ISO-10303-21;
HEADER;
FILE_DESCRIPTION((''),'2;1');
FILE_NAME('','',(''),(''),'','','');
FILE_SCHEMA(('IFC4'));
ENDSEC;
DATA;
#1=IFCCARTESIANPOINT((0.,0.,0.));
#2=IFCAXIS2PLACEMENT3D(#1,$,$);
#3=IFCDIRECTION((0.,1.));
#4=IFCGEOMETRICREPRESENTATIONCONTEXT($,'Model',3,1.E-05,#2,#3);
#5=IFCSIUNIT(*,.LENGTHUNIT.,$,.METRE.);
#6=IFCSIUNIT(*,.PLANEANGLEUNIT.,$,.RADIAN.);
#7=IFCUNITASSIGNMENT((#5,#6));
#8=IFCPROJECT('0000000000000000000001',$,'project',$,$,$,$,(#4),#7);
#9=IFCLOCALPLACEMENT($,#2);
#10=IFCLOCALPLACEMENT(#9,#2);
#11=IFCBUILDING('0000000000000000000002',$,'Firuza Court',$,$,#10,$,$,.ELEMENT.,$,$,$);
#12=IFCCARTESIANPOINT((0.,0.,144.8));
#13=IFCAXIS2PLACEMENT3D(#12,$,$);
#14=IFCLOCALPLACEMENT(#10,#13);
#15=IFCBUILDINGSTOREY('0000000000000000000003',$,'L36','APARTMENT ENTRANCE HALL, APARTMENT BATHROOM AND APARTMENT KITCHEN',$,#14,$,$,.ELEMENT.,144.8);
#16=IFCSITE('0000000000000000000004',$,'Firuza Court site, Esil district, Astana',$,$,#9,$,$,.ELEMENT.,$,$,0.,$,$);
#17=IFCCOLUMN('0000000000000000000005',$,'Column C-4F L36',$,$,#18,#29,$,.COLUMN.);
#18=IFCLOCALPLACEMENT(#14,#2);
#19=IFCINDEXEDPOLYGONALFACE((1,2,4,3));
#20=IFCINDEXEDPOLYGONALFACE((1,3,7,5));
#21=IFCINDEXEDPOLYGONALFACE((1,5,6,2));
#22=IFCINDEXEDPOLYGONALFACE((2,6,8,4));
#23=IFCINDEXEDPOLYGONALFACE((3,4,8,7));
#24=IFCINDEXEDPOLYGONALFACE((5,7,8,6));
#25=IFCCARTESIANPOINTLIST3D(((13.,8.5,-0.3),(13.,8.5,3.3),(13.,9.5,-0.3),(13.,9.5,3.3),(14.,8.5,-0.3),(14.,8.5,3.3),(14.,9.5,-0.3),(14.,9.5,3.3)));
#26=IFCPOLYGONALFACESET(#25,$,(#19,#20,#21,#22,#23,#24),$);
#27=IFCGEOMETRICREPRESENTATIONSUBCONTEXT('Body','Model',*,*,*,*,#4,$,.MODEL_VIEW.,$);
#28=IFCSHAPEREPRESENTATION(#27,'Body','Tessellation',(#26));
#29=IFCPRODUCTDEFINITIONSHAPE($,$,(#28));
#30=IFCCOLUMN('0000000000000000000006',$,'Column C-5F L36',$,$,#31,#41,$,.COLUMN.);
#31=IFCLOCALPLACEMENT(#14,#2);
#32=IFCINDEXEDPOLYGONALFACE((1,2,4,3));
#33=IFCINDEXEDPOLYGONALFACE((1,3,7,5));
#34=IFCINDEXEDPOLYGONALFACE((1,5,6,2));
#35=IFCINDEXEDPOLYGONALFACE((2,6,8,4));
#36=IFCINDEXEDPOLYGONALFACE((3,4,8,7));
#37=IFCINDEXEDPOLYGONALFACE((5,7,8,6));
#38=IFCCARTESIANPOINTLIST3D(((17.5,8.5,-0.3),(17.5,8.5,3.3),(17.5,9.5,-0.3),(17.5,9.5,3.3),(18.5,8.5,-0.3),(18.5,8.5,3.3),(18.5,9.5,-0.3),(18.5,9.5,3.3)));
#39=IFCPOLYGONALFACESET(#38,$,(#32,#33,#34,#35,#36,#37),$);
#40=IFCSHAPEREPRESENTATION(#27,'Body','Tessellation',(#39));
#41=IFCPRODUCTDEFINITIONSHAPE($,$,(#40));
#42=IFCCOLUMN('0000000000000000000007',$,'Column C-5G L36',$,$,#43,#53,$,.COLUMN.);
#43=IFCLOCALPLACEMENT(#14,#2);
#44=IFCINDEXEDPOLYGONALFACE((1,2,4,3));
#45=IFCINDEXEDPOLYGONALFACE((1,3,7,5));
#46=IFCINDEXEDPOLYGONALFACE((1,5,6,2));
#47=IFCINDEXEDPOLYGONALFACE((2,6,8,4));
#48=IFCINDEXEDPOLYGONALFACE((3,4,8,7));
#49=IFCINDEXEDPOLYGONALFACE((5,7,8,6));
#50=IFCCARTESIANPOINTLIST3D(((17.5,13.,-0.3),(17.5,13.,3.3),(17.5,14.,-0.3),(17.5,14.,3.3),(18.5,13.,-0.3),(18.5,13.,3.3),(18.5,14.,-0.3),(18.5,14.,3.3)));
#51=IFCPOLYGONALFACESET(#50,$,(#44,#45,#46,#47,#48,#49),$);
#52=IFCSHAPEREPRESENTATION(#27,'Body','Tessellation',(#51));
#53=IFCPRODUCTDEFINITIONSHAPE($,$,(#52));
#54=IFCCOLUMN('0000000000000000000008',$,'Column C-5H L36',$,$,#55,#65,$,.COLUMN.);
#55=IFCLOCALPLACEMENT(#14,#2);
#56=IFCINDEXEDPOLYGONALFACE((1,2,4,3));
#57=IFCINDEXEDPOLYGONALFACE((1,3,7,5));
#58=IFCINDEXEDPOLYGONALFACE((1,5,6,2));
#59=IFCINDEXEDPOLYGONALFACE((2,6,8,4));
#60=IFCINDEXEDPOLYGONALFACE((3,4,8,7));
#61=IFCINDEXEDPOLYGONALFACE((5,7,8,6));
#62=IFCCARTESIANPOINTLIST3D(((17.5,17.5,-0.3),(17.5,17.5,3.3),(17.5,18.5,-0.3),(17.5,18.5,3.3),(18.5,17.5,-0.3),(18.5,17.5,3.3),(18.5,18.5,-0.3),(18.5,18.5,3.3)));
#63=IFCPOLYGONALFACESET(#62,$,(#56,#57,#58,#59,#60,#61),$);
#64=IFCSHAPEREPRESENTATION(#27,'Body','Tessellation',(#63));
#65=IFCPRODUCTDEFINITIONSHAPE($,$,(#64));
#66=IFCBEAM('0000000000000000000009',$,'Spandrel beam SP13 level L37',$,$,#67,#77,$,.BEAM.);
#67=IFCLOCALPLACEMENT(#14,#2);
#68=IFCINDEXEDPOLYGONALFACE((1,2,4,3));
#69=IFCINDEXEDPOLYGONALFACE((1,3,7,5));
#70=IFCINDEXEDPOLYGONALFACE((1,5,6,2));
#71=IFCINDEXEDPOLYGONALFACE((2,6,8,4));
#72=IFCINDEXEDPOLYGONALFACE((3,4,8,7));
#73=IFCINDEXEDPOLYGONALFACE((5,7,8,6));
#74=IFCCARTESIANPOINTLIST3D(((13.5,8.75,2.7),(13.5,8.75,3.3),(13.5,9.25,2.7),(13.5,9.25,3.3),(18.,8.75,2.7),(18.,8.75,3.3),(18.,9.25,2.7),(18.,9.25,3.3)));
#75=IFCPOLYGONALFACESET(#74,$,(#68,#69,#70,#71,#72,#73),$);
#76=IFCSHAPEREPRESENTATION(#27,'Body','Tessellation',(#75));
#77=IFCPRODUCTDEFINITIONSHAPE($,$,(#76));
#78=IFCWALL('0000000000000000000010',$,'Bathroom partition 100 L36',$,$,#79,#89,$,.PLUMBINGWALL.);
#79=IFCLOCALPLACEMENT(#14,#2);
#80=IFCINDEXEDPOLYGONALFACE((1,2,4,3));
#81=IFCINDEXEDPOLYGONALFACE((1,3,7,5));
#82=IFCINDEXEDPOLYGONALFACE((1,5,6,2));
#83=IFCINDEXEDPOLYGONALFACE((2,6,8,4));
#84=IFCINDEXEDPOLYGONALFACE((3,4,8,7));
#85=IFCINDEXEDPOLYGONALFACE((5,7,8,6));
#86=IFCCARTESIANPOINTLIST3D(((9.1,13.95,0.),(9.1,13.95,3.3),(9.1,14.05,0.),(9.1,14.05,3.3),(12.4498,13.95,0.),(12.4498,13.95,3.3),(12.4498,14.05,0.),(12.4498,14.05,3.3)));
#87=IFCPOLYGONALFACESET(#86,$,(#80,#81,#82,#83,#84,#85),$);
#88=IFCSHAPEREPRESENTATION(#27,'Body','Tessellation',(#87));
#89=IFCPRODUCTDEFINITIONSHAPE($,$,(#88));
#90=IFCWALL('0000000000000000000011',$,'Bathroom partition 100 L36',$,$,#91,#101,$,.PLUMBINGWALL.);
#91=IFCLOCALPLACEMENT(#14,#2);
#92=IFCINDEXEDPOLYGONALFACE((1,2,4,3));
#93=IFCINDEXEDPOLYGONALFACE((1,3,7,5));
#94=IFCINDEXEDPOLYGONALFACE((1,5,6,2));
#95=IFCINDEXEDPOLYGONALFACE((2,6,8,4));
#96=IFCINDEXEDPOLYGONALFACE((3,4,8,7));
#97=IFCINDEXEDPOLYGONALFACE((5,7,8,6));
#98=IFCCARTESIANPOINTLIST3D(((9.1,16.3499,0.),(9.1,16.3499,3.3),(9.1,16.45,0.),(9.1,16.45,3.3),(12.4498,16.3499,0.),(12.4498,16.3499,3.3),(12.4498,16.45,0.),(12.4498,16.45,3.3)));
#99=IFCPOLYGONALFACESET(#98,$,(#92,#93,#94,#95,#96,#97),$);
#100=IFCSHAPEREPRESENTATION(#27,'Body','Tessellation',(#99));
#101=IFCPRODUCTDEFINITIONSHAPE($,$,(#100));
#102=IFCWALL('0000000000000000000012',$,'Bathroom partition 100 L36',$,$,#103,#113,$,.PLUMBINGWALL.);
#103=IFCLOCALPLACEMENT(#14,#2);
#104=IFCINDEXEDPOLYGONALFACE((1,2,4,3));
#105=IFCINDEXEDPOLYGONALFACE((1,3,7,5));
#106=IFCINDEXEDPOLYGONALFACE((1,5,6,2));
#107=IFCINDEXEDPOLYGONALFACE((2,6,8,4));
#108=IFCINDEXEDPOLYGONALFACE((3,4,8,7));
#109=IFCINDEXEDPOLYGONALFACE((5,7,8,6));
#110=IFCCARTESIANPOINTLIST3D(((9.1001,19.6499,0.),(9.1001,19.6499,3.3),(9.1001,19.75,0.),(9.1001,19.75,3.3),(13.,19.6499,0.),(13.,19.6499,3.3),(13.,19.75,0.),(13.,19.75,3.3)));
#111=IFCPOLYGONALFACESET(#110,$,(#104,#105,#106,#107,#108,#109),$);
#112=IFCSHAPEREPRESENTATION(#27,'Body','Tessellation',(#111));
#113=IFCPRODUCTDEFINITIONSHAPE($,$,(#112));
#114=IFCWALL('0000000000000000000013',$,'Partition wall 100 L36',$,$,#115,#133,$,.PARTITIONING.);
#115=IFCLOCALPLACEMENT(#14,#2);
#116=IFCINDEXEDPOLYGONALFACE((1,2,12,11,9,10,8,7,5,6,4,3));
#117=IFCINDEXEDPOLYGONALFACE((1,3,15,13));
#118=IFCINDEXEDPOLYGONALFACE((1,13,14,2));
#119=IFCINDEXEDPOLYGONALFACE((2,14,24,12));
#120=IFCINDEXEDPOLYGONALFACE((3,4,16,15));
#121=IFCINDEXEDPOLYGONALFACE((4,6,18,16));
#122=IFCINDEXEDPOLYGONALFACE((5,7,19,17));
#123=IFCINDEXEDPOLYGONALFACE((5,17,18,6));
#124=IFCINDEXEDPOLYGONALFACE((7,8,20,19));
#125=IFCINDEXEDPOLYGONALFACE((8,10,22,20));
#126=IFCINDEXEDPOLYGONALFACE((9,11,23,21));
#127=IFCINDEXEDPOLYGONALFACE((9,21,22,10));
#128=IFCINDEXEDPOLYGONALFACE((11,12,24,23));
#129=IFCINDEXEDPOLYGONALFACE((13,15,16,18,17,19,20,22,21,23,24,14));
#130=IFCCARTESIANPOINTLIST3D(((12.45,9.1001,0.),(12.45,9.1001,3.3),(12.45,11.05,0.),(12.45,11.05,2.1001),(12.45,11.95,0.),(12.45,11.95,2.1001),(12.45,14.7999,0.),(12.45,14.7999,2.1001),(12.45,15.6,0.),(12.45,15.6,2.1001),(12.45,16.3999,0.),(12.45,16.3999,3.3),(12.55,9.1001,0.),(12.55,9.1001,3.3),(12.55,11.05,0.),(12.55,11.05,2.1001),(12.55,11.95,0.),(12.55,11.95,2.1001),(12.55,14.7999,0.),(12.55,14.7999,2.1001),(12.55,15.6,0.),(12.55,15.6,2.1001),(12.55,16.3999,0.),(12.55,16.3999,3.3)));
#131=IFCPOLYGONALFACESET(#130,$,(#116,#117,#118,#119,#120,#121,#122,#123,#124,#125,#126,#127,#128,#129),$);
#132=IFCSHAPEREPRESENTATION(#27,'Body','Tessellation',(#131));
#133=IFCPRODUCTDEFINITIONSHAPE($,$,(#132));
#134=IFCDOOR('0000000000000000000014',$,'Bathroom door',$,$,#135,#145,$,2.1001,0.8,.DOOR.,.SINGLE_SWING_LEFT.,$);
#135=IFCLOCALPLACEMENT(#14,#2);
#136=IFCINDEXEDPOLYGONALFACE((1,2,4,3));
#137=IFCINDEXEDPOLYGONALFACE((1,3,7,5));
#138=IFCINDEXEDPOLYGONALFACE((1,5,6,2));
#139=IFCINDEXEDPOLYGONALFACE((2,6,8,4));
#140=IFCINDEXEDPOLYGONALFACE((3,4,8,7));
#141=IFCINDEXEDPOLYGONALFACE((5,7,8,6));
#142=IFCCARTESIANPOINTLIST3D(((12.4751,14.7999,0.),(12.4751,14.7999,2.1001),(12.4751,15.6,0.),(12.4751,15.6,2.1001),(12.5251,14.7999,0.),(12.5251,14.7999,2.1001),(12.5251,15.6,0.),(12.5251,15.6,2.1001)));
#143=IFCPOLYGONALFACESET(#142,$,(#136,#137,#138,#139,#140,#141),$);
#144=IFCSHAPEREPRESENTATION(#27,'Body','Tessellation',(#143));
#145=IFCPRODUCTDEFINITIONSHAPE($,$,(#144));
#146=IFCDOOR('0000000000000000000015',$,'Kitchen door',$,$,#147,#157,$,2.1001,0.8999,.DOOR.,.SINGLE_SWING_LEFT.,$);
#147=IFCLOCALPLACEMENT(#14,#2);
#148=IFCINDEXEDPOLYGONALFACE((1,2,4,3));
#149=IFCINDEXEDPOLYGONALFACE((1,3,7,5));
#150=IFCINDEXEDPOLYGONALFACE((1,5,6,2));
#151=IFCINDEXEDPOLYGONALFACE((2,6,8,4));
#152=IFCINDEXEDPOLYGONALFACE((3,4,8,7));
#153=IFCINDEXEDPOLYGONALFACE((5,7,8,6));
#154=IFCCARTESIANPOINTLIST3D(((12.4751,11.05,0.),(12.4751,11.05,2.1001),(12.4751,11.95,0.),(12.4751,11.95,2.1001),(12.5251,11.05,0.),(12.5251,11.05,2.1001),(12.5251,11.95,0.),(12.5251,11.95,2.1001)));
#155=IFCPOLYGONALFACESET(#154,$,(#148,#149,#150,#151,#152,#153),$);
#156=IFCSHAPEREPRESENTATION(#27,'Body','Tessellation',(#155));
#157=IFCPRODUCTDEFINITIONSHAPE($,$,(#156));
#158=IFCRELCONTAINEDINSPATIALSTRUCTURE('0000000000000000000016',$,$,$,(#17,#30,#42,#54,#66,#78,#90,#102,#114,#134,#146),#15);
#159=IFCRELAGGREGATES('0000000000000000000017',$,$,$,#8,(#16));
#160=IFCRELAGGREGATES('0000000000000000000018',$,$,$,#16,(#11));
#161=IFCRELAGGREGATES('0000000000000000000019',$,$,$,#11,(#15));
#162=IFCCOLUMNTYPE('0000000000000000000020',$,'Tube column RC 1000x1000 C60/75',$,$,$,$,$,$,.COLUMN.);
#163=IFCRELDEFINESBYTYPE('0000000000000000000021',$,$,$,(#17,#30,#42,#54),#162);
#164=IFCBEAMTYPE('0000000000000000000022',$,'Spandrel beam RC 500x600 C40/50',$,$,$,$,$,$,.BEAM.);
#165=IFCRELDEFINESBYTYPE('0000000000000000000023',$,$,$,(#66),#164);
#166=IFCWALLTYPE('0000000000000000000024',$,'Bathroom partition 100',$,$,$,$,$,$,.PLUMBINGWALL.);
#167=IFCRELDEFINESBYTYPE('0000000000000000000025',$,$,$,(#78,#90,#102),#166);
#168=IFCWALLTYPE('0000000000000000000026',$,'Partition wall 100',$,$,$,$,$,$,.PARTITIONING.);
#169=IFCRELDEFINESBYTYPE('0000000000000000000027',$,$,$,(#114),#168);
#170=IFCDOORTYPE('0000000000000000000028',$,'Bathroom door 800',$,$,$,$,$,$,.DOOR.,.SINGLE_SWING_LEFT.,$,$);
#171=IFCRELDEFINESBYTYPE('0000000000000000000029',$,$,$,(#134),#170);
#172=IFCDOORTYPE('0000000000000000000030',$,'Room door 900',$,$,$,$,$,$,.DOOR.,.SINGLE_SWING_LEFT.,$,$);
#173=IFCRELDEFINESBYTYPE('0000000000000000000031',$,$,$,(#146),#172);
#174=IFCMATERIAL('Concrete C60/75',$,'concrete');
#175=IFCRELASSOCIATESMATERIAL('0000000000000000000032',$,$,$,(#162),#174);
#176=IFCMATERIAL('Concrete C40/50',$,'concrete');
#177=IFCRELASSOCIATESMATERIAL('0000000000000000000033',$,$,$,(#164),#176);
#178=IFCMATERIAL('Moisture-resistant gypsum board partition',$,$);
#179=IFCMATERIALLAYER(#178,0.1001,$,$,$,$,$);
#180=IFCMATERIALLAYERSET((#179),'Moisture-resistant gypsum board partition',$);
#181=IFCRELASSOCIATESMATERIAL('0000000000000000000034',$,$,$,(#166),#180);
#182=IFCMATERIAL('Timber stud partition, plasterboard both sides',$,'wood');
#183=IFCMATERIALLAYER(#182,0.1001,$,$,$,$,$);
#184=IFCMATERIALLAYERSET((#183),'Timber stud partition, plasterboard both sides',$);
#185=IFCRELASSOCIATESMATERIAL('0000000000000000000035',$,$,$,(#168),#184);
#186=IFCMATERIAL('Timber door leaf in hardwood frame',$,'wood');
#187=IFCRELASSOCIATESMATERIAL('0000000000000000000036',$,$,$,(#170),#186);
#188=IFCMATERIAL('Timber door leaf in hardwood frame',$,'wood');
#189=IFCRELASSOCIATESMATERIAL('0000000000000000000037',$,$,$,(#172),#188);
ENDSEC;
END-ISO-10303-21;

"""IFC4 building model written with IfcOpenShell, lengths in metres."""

from ifc_helpers import new_model, si_unit, direction, frame, frame_2d, origin, origin_2d, place, context, subcontext, project, spatial, rectangle, extrude, material, layer, layer_set, material_profile, profile_set, type_object, element, fill, save


model = new_model("IFC4")

# Units and contexts
model_context = context("Model", 3, precision=1e-05, world=origin(), true_north=direction((0.0, 1.0)))
body_context = subcontext(model_context, "Body", "Model", "MODEL_VIEW")
ifc_project = project(units=[si_unit("LENGTHUNIT", "METRE"), si_unit("PLANEANGLEUNIT", "RADIAN")], contexts=[model_context])

# Site, building, storey
site_placement = place(None, origin())
site = spatial("IfcSite", under=ifc_project, at=site_placement, Name="Firuza Court site, Esil district, Astana", CompositionType="ELEMENT", RefElevation=0.0)
building_placement = place(site_placement, origin())
building = spatial("IfcBuilding", under=site, at=building_placement, Name="Firuza Court", CompositionType="ELEMENT")
storey_placement = place(building_placement, frame((0.0, 0.0, 144.8)))
storey = spatial("IfcBuildingStorey", under=building, at=storey_placement, Name="L36", Description="APARTMENT ENTRANCE HALL, APARTMENT BATHROOM AND APARTMENT KITCHEN", CompositionType="ELEMENT", Elevation=144.8)

# Columns
ifc_material_1 = material(Name="Concrete C60/75", Category="concrete")
ifc_material_profile_1 = material_profile(ifc_material_1, rectangle(XDim=1.0, YDim=1.0, at=origin_2d()), Name="RC 1000x1000")
ifc_profile_set_1 = profile_set([ifc_material_profile_1], Name="Concrete C60/75")
column_type = type_object("IfcColumnType", Name="Tube column RC 1000x1000 C60/75", PredefinedType="COLUMN", material=ifc_profile_set_1)
for number, where, z_axis, x_axis, name in (
    (1, (13.5, 9.0, -0.3), (0.0, 0.0, 1.0), (1.0, 0.0, 0.0), "Column C-4F L36"),
    (2, (18.0, 9.0, -0.3), (0.0, 0.0, 1.0), (1.0, 0.0, 0.0), "Column C-5F L36"),
    (3, (18.0, 13.5, -0.3), (0.0, 0.0, 1.0), (1.0, 0.0, 0.0), "Column C-5G L36"),
    (4, (18.0, 18.0, -0.3), (0.0, 0.0, 1.0), (1.0, 0.0, 0.0), "Column C-5H L36"),
):
    element("IfcColumn", number, at=place(storey_placement, frame(where, z_axis=z_axis, x_axis=x_axis)), inside=storey, type_object=column_type, Name=name, PredefinedType="COLUMN", context=body_context, shape_type="SweptSolid", body=[
        extrude(rectangle(XDim=1.0, YDim=1.0, at=origin_2d()), origin(), (0.0, 0.0, 1.0), 3.6001),
    ])

# Beam
ifc_material_2 = material(Name="Concrete C40/50", Category="concrete")
ifc_material_profile_2 = material_profile(ifc_material_2, rectangle(XDim=0.5, YDim=0.6001, at=origin_2d()), Name="RC 500x600")
ifc_profile_set_2 = profile_set([ifc_material_profile_2], Name="Concrete C40/50")
beam_type = type_object("IfcBeamType", Name="Spandrel beam RC 500x600 C40/50", PredefinedType="BEAM", material=ifc_profile_set_2)
beam_placement = place(storey_placement, frame((13.5, 9.0, 3.0), z_axis=(1.0, 0.0, 0.0), x_axis=(0.0, 1.0, 0.0)))
element("IfcBeam", 5, at=beam_placement, inside=storey, type_object=beam_type, Name="Spandrel beam SP13 level L37", PredefinedType="BEAM", context=body_context, shape_type="SweptSolid", body=[
    extrude(rectangle(XDim=0.5, YDim=0.6001, at=origin_2d()), origin(), (0.0, 0.0, 1.0), 4.5),
])

# Walls
ifc_material_3 = material(Name="Moisture-resistant gypsum board partition")
ifc_layer_1 = layer(ifc_material_3, 0.1001)
ifc_layer_set_1 = layer_set([ifc_layer_1], Name="Moisture-resistant gypsum board partition")
wall_type_1 = type_object("IfcWallType", Name="Bathroom partition 100", PredefinedType="PLUMBINGWALL", material=ifc_layer_set_1)
for number, where, z_axis, x_axis, name in (
    (6, (9.1001, 14.0, 0.0), (0.0, 0.0, 1.0), (1.0, 0.0, 0.0), "Bathroom partition 100 L36"),
    (7, (9.1001, 16.3999, 0.0), (0.0, 0.0, 1.0), (1.0, 0.0, 0.0), "Bathroom partition 100 L36"),
):
    element("IfcWall", number, at=place(storey_placement, frame(where, z_axis=z_axis, x_axis=x_axis)), inside=storey, type_object=wall_type_1, Name=name, PredefinedType="PLUMBINGWALL", context=body_context, shape_type="SweptSolid", body=[
        extrude(rectangle(XDim=3.3499, YDim=0.1001, at=frame_2d((1.6748, 0.0))), origin(), (0.0, 0.0, 1.0), 3.3),
    ])
wall_1_placement = place(storey_placement, frame((9.1001, 19.7, 0.0), z_axis=(0.0, 0.0, 1.0), x_axis=(1.0, 0.0, 0.0)))
element("IfcWall", 8, at=wall_1_placement, inside=storey, type_object=wall_type_1, Name="Bathroom partition 100 L36", PredefinedType="PLUMBINGWALL", context=body_context, shape_type="SweptSolid", body=[
    extrude(rectangle(XDim=3.8999, YDim=0.1001, at=frame_2d((1.95, 0.0))), origin(), (0.0, 0.0, 1.0), 3.3),
])

# Wall, openings, doors
ifc_material_4 = material(Name="Timber stud partition, plasterboard both sides", Category="wood")
ifc_layer_2 = layer(ifc_material_4, 0.1001)
ifc_layer_set_2 = layer_set([ifc_layer_2], Name="Timber stud partition, plasterboard both sides")
wall_type_2 = type_object("IfcWallType", Name="Partition wall 100", PredefinedType="PARTITIONING", material=ifc_layer_set_2)
wall_2_placement = place(storey_placement, frame((12.5, 9.1001, 0.0), z_axis=(0.0, 0.0, 1.0), x_axis=(0.0, 1.0, 0.0)))
wall_2 = element("IfcWall", 9, at=wall_2_placement, inside=storey, type_object=wall_type_2, Name="Partition wall 100 L36", PredefinedType="PARTITIONING", context=body_context, shape_type="SweptSolid", body=[
    extrude(rectangle(XDim=7.2998, YDim=0.1001, at=frame_2d((3.6499, 0.0))), origin(), (0.0, 0.0, 1.0), 3.3),
])
opening_1_placement = place(wall_2_placement, frame((5.7, 0.0, 0.0)))
opening_1 = element("IfcOpeningElement", 10, at=opening_1_placement, cuts=wall_2, PredefinedType="OPENING", context=body_context, shape_type="SweptSolid", body=[
    extrude(rectangle(XDim=0.8, YDim=2.1001, at=frame_2d((0.3999, 1.05))), frame((0.0, 0.062, 0.0), z_axis=(0.0, -1.0, 0.0), x_axis=(1.0, 0.0, 0.0)), (0.0, 0.0, 1.0), 0.124),
])
opening_2_placement = place(wall_2_placement, frame((1.95, 0.0, 0.0)))
opening_2 = element("IfcOpeningElement", 11, at=opening_2_placement, cuts=wall_2, PredefinedType="OPENING", context=body_context, shape_type="SweptSolid", body=[
    extrude(rectangle(XDim=0.8999, YDim=2.1001, at=frame_2d((0.45, 1.05))), frame((0.0, 0.062, 0.0), z_axis=(0.0, -1.0, 0.0), x_axis=(1.0, 0.0, 0.0)), (0.0, 0.0, 1.0), 0.124),
])
ifc_material_5 = material(Name="Timber door leaf in hardwood frame", Category="wood")
door_type_1 = type_object("IfcDoorType", Name="Bathroom door 800", OperationType="SINGLE_SWING_LEFT", PredefinedType="DOOR", material=ifc_material_5)
door_1_placement = place(opening_1_placement, origin())
door_1 = element("IfcDoor", 12, at=door_1_placement, inside=storey, type_object=door_type_1, Name="Bathroom door", OperationType="SINGLE_SWING_LEFT", OverallHeight=2.1001, OverallWidth=0.8, PredefinedType="DOOR", context=body_context, shape_type="SweptSolid", body=[
    extrude(rectangle(XDim=0.8, YDim=2.1001, at=frame_2d((0.3999, 1.05))), frame((0.0, 0.0249, 0.0), z_axis=(0.0, -1.0, 0.0), x_axis=(1.0, 0.0, 0.0)), (0.0, 0.0, 1.0), 0.05),
])
fill(opening_1, door_1)
ifc_material_6 = material(Name="Timber door leaf in hardwood frame", Category="wood")
door_type_2 = type_object("IfcDoorType", Name="Room door 900", OperationType="SINGLE_SWING_LEFT", PredefinedType="DOOR", material=ifc_material_6)
door_2_placement = place(opening_2_placement, origin())
door_2 = element("IfcDoor", 13, at=door_2_placement, inside=storey, type_object=door_type_2, Name="Kitchen door", OperationType="SINGLE_SWING_LEFT", OverallHeight=2.1001, OverallWidth=0.8999, PredefinedType="DOOR", context=body_context, shape_type="SweptSolid", body=[
    extrude(rectangle(XDim=0.8999, YDim=2.1001, at=frame_2d((0.45, 1.05))), frame((0.0, 0.0249, 0.0), z_axis=(0.0, -1.0, 0.0), x_axis=(1.0, 0.0, 0.0)), (0.0, 0.0, 1.0), 0.05),
])
fill(opening_2, door_2)

save(model, "model.ifc")
